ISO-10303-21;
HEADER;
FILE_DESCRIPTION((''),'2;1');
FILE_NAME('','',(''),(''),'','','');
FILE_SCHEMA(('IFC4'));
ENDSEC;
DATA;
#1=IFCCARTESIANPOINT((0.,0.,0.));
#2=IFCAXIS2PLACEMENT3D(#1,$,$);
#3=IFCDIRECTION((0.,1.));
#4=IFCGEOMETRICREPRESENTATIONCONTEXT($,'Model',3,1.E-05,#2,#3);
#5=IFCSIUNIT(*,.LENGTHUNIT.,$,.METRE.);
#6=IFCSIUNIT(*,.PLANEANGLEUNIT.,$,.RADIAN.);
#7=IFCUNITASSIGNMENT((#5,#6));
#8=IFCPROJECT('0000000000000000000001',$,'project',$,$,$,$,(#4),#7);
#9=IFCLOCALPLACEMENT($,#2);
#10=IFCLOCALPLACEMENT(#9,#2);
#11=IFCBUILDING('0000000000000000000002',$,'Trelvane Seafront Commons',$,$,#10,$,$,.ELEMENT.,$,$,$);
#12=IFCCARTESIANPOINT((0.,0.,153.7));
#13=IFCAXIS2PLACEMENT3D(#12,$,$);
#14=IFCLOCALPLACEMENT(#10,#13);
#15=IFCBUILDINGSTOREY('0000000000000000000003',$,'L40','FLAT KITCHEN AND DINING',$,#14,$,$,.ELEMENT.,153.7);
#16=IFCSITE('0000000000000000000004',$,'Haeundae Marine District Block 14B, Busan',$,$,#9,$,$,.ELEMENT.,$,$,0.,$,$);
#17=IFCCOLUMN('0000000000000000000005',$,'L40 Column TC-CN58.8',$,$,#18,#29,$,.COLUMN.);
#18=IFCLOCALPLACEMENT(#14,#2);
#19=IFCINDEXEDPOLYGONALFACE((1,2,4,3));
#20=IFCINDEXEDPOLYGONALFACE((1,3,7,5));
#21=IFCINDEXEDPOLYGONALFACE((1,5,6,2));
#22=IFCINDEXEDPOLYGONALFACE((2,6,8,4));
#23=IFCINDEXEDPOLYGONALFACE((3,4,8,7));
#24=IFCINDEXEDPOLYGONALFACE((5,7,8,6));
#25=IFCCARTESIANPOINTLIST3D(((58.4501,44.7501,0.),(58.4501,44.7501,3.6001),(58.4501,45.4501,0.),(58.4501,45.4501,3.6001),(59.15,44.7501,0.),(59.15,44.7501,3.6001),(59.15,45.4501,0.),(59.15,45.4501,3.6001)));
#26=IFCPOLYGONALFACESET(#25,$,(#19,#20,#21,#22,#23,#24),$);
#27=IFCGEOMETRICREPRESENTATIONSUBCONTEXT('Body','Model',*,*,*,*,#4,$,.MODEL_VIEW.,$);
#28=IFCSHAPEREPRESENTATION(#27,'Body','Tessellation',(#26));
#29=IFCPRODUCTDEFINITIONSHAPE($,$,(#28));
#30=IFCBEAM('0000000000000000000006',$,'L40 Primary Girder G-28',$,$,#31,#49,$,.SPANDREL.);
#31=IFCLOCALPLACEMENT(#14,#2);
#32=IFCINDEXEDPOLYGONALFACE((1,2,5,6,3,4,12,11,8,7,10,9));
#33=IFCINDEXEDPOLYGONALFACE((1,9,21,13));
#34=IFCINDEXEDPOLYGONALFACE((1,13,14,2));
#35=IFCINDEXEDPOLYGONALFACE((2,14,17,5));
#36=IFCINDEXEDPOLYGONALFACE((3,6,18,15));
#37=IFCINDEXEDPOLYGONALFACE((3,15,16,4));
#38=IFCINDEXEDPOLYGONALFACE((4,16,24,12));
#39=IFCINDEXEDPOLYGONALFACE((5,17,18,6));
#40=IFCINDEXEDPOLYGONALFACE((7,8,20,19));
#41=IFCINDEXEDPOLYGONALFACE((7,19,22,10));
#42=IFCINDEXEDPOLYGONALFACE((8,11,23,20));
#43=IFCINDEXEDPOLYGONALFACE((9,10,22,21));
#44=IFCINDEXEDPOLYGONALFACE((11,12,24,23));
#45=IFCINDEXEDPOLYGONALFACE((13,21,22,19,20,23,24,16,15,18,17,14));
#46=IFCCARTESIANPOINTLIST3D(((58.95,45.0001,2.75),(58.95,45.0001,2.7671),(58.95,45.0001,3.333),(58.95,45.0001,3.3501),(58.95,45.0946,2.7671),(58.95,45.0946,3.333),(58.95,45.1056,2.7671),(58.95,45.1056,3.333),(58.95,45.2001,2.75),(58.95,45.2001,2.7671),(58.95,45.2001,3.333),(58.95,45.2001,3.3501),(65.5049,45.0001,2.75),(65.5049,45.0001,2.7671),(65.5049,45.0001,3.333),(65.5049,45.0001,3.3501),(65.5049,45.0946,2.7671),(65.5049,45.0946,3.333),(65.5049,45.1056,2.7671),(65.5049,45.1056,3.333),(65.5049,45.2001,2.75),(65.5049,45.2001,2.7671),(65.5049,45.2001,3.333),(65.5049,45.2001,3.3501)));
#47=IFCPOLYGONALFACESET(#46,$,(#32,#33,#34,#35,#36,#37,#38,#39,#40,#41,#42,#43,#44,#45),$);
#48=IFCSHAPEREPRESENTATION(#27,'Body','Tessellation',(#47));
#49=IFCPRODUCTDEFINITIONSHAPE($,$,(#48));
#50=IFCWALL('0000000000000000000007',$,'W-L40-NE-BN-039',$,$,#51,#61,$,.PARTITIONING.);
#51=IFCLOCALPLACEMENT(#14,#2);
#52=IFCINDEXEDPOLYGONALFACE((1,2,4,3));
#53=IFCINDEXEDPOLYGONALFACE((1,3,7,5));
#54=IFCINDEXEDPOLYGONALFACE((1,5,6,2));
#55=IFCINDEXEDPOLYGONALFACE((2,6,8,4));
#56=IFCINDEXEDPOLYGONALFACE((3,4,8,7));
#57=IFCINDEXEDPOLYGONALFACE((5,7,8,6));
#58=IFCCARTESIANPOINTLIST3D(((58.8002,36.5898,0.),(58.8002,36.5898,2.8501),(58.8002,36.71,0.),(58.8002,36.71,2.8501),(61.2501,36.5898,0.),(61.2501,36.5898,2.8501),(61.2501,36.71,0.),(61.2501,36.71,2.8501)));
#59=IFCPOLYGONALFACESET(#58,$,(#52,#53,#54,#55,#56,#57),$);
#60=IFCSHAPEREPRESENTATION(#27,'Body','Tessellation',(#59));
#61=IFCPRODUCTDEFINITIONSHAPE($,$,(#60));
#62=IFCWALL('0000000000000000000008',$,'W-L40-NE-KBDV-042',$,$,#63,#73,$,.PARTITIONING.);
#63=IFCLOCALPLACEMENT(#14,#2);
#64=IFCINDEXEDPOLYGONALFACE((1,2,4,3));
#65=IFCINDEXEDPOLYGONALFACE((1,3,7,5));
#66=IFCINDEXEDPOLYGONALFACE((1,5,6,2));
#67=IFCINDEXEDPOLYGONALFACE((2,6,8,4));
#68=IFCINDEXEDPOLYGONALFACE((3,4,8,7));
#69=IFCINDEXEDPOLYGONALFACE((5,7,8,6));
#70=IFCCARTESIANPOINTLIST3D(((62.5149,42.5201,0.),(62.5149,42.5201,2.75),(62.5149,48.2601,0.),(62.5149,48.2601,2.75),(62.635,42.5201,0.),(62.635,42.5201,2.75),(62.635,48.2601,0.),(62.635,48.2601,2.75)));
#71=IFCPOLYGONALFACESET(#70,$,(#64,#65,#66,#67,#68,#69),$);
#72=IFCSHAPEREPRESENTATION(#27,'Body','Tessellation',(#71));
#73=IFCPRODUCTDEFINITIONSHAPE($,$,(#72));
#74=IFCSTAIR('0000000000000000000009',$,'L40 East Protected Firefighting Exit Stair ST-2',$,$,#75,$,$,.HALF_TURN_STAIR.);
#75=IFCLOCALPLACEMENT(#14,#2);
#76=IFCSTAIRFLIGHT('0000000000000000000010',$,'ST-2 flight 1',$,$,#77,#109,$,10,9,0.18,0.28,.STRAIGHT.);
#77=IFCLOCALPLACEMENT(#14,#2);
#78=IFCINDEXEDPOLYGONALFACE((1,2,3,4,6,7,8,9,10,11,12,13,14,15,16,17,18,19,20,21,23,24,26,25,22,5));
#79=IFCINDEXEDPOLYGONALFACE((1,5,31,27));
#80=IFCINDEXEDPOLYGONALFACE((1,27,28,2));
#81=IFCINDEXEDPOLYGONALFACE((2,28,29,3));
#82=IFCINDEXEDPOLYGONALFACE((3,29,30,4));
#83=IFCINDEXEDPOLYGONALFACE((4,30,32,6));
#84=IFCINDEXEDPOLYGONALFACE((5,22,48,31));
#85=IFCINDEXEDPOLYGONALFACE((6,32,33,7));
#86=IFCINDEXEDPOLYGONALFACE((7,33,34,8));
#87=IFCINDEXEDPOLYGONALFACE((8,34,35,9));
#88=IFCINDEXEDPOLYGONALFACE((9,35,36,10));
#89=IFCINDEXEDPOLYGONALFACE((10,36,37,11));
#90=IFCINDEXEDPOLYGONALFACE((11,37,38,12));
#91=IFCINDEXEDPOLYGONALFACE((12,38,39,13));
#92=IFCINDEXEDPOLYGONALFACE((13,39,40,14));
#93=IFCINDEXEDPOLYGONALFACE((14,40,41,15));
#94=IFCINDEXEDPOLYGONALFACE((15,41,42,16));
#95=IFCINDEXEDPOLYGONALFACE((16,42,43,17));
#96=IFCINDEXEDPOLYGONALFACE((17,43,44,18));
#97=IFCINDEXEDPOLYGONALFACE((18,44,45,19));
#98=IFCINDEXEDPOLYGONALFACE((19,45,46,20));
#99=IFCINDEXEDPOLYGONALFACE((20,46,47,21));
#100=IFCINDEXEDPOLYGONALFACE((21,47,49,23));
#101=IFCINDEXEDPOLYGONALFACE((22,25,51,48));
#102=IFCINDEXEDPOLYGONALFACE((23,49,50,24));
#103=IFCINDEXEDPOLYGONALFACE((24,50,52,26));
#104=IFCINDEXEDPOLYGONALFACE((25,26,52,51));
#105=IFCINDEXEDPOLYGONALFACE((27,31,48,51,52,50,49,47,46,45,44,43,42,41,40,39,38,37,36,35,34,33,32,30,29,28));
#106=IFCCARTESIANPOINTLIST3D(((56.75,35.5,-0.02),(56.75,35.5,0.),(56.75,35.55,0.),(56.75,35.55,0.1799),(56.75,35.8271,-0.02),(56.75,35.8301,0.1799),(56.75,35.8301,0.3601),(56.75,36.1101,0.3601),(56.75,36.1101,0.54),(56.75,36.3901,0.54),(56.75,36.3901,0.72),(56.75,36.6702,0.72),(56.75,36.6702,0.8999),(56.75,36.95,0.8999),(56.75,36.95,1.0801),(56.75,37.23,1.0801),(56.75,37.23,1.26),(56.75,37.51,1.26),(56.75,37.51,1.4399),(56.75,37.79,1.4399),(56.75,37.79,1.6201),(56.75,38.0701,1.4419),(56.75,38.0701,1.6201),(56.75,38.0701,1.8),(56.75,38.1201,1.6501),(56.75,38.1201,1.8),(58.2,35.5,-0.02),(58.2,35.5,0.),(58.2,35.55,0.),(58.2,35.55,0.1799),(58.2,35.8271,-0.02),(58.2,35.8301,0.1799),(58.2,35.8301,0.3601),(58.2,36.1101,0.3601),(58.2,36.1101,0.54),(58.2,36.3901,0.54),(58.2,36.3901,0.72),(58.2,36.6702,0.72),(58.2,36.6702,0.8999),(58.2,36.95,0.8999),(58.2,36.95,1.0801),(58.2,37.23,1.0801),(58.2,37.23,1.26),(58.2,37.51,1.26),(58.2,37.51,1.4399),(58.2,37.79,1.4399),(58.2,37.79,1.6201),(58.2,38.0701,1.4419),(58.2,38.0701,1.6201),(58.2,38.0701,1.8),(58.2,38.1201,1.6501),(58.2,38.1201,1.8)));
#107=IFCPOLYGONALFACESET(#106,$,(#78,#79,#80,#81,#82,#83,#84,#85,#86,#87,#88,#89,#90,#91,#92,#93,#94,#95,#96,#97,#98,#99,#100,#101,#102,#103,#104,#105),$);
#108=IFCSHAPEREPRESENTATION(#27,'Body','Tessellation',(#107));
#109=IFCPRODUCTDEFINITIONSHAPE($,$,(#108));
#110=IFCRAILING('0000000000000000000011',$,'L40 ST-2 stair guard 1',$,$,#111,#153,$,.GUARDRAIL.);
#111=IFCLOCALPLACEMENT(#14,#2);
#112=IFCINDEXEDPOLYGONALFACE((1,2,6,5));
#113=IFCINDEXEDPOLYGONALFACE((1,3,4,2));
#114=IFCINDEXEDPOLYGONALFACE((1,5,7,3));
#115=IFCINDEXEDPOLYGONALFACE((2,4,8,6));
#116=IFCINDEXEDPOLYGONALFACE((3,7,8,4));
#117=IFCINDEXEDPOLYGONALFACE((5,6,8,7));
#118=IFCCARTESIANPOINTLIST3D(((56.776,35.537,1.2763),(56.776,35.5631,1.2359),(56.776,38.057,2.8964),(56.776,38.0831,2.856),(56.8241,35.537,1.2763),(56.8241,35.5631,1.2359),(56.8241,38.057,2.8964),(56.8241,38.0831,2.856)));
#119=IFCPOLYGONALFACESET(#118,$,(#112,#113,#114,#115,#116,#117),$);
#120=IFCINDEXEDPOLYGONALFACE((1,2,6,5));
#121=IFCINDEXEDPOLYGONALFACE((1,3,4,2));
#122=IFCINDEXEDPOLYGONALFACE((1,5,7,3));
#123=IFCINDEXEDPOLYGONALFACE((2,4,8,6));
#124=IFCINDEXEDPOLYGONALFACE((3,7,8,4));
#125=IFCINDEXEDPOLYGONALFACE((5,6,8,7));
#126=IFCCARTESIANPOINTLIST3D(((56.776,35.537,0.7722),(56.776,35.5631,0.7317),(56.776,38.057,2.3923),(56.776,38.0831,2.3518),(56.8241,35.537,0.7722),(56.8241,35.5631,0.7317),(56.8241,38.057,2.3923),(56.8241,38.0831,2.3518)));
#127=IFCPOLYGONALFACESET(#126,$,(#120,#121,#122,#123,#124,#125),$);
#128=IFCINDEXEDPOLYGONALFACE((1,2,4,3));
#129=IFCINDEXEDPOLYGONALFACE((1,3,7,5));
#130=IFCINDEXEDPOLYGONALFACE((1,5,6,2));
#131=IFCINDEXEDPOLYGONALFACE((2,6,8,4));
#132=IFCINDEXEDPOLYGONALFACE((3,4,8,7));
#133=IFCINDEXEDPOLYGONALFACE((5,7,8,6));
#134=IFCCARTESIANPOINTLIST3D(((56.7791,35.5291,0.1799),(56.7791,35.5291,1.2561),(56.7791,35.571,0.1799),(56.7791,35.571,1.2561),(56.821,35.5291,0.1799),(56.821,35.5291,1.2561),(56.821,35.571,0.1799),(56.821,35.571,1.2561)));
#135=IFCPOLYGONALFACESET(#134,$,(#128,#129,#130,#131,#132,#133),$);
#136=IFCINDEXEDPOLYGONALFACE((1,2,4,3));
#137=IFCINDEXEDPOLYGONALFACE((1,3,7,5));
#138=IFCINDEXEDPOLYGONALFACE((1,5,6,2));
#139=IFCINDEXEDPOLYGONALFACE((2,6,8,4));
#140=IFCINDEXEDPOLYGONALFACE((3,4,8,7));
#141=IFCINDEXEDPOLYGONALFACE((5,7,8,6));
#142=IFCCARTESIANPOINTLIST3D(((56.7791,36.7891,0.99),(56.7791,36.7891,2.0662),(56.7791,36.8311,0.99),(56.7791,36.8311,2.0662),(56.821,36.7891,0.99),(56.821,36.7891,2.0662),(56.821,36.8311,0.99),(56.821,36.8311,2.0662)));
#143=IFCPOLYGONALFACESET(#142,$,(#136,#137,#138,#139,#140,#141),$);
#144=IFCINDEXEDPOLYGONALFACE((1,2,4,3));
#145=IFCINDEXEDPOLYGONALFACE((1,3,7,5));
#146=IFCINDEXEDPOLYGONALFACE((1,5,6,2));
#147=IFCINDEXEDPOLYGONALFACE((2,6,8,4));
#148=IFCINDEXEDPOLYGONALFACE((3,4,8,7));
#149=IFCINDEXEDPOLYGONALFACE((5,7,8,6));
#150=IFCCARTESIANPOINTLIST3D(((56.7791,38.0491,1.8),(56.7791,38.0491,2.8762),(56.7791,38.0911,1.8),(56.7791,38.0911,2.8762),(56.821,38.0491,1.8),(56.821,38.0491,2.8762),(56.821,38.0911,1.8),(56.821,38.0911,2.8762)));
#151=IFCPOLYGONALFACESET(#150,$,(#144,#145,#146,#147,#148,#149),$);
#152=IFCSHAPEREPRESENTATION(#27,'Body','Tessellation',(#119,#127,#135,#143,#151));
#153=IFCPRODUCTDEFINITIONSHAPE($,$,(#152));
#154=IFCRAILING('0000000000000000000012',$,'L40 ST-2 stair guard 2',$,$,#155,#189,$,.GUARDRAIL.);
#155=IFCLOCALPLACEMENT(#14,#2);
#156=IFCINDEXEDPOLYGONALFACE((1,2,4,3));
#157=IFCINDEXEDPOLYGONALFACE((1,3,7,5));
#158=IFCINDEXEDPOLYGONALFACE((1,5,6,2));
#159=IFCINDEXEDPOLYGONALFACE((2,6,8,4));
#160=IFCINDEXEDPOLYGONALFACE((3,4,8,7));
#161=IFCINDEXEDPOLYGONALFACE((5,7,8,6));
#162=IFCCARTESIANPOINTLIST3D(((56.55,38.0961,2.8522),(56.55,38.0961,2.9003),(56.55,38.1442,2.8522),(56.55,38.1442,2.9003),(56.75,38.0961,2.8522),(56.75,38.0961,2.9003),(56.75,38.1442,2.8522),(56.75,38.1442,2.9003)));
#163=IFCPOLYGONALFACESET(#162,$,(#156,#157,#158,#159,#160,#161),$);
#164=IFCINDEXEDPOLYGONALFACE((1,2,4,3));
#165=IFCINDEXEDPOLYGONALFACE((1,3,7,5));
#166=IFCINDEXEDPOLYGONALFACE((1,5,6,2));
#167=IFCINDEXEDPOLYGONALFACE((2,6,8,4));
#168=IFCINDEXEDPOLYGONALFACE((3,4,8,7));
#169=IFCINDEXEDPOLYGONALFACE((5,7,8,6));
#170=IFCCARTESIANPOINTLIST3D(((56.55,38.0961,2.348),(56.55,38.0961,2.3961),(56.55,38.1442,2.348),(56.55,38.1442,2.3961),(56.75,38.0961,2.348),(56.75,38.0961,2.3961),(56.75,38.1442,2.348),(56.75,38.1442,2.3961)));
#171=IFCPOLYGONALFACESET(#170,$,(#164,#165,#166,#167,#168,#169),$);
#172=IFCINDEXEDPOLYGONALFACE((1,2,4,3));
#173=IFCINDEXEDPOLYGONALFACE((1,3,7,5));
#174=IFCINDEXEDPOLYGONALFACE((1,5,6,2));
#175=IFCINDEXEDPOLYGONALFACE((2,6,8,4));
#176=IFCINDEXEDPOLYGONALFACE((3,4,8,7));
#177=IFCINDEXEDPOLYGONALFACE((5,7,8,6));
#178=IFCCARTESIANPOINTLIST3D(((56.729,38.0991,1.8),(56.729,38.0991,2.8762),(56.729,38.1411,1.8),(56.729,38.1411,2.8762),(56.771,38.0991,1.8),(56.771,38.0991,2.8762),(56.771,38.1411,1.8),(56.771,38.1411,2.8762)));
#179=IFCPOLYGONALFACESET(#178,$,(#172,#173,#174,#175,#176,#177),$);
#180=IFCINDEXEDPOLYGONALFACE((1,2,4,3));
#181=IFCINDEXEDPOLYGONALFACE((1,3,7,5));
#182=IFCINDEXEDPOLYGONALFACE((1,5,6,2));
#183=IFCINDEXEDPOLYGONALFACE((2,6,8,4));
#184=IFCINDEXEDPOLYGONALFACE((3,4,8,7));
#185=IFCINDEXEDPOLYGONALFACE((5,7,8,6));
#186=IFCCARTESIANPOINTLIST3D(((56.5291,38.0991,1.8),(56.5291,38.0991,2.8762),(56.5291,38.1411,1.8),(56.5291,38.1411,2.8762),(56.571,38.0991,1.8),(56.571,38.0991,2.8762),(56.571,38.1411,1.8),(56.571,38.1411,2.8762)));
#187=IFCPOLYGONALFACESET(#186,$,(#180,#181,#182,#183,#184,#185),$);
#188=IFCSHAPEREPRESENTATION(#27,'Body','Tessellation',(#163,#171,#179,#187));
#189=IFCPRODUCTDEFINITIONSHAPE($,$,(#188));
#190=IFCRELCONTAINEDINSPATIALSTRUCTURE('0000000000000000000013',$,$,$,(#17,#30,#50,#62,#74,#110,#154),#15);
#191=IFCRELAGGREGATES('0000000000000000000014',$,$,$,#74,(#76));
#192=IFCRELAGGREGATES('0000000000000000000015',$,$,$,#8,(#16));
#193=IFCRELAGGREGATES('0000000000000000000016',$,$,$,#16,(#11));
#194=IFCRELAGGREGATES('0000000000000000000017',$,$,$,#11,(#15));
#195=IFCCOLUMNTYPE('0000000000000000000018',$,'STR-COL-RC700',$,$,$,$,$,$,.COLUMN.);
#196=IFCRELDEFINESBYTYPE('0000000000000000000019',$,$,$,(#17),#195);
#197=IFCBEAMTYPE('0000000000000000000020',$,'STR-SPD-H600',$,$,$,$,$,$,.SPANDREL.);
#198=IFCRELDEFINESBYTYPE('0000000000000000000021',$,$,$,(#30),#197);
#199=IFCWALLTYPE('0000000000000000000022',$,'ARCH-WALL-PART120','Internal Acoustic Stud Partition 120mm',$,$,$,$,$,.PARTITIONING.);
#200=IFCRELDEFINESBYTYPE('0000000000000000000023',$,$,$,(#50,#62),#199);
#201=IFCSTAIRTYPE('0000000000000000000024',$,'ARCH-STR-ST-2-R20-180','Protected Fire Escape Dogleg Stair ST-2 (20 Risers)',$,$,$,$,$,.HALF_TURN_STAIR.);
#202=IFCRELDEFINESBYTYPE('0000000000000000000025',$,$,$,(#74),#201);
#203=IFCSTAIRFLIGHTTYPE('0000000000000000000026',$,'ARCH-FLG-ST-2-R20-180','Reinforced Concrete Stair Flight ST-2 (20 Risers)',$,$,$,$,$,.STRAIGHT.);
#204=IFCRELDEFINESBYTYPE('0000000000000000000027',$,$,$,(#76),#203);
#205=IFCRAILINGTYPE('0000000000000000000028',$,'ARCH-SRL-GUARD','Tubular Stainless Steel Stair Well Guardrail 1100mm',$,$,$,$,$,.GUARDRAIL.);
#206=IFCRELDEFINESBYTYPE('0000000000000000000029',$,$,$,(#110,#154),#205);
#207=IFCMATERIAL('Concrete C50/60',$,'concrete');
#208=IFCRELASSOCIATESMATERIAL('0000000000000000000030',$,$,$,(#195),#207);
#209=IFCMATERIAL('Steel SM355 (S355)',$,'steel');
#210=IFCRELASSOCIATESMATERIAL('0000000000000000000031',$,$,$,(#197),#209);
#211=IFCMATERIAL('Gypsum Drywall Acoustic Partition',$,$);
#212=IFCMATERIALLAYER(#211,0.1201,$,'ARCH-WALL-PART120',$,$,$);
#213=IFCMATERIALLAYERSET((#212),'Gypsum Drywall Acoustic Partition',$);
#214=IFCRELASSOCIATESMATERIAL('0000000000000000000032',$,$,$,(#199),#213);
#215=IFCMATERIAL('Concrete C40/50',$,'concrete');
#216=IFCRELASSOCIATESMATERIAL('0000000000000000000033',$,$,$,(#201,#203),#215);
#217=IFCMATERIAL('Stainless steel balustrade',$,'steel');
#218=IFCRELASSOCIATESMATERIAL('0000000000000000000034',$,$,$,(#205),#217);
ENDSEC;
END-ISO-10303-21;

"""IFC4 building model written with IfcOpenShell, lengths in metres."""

from ifc_helpers import new_model, si_unit, direction, frame, frame_2d, origin, origin_2d, place, context, subcontext, project, spatial, polyline, rectangle, i_section, outline, extrude, source, transform, mapped, material, layer, layer_set, material_profile, profile_set, type_object, element, aggregate, save


model = new_model("IFC4")

# Units and contexts
model_context = context("Model", 3, precision=1e-05, world=origin(), true_north=direction((0.0, 1.0)))
body_context = subcontext(model_context, "Body", "Model", "MODEL_VIEW")
ifc_project = project(units=[si_unit("LENGTHUNIT", "METRE"), si_unit("PLANEANGLEUNIT", "RADIAN")], contexts=[model_context])

# Site, building, storey
site_placement = place(None, origin())
site = spatial("IfcSite", under=ifc_project, at=site_placement, Name="Haeundae Marine District Block 14B, Busan", CompositionType="ELEMENT", RefElevation=0.0)
building_placement = place(site_placement, origin())
building = spatial("IfcBuilding", under=site, at=building_placement, Name="Trelvane Seafront Commons", CompositionType="ELEMENT")
storey_placement = place(building_placement, frame((0.0, 0.0, 153.7)))
storey = spatial("IfcBuildingStorey", under=building, at=storey_placement, Name="L40", Description="FLAT KITCHEN AND DINING", CompositionType="ELEMENT", Elevation=153.7)

# Column
ifc_material_1 = material(Name="Concrete C50/60", Category="concrete")
ifc_material_profile_1 = material_profile(ifc_material_1, rectangle(XDim=0.7, YDim=0.7, at=origin_2d()), Name="RC-700x700")
ifc_profile_set_1 = profile_set([ifc_material_profile_1], Name="Concrete C50/60")
column_type = type_object("IfcColumnType", Name="STR-COL-RC700", PredefinedType="COLUMN", material=ifc_profile_set_1)
shared_shape_1 = source(origin(), body_context, "Body", "SweptSolid", [
    extrude(rectangle(XDim=0.7, YDim=0.7, at=origin_2d()), origin(), (0.0, 0.0, 1.0), 3.6001),
])
column_placement = place(storey_placement, frame((58.8, 45.1001, 0.0), z_axis=(0.0, 0.0, 1.0), x_axis=(1.0, 0.0, 0.0)))
element("IfcColumn", 1, at=column_placement, inside=storey, type_object=column_type, Name="L40 Column TC-CN58.8", PredefinedType="COLUMN", context=body_context, shape_type="MappedRepresentation", body=[
    mapped(shared_shape_1, transform((0.0, 0.0, 0.0), x_axis=(1.0, 0.0, 0.0), y_axis=(0.0, 1.0, 0.0), z_axis=(0.0, 0.0, 1.0), scale=1.0)),
])

# Beam
ifc_material_2 = material(Name="Steel SM355 (S355)", Category="steel")
ifc_material_profile_2 = material_profile(ifc_material_2, i_section(OverallWidth=0.2, OverallDepth=0.6001, WebThickness=0.011, FlangeThickness=0.0171, at=origin_2d()), Name="H-600x200x11x17")
ifc_profile_set_2 = profile_set([ifc_material_profile_2], Name="Steel SM355 (S355)")
beam_type = type_object("IfcBeamType", Name="STR-SPD-H600", PredefinedType="SPANDREL", material=ifc_profile_set_2)
shared_shape_2 = source(origin(), body_context, "Body", "SweptSolid", [
    extrude(i_section(OverallWidth=0.2, OverallDepth=0.6001, WebThickness=0.011, FlangeThickness=0.0171, at=origin_2d()), origin(), (0.0, 0.0, 1.0), 6.5549),
])
beam_placement = place(storey_placement, frame((58.95, 45.1001, 3.05), z_axis=(1.0, 0.0, 0.0), x_axis=(0.0, 1.0, 0.0)))
element("IfcBeam", 2, at=beam_placement, inside=storey, type_object=beam_type, Name="L40 Primary Girder G-28", PredefinedType="SPANDREL", context=body_context, shape_type="MappedRepresentation", body=[
    mapped(shared_shape_2, transform((0.0, 0.0, 0.0), x_axis=(1.0, 0.0, 0.0), y_axis=(0.0, 1.0, 0.0), z_axis=(0.0, 0.0, 1.0), scale=1.0)),
])

# Wall
ifc_material_3 = material(Name="Gypsum Drywall Acoustic Partition")
ifc_layer_1 = layer(ifc_material_3, 0.1201, Name="ARCH-WALL-PART120")
ifc_layer_set_1 = layer_set([ifc_layer_1], Name="Gypsum Drywall Acoustic Partition")
wall_type_1 = type_object("IfcWallType", Name="ARCH-WALL-PART120", Description="Internal Acoustic Stud Partition 120mm", PredefinedType="PARTITIONING", material=ifc_layer_set_1)
wall_1_placement = place(storey_placement, frame((58.8, 36.6499, 0.0), z_axis=(0.0, 0.0, 1.0), x_axis=(1.0, 0.0, 0.0)))
element("IfcWall", 3, at=wall_1_placement, inside=storey, type_object=wall_type_1, Name="W-L40-NE-BN-039", PredefinedType="PARTITIONING", context=body_context, shape_type="SweptSolid", body=[
    extrude(rectangle(XDim=2.45, YDim=0.1201, at=frame_2d((1.2251, 0.0))), origin(), (0.0, 0.0, 1.0), 2.8501),
])

# Wall
wall_2_placement = place(storey_placement, frame((62.575, 42.52, 0.0), z_axis=(0.0, 0.0, 1.0), x_axis=(0.0, 1.0, 0.0)))
element("IfcWall", 4, at=wall_2_placement, inside=storey, type_object=wall_type_1, Name="W-L40-NE-KBDV-042", PredefinedType="PARTITIONING", context=body_context, shape_type="SweptSolid", body=[
    extrude(rectangle(XDim=5.74, YDim=0.1201, at=frame_2d((2.8701, 0.0))), origin(), (0.0, 0.0, 1.0), 2.75),
])

# Stair, stair flight
ifc_material_4 = material(Name="Concrete C40/50", Category="concrete")
stair_type = type_object("IfcStairType", Name="ARCH-STR-ST-2-R20-180", Description="Protected Fire Escape Dogleg Stair ST-2 (20 Risers)", PredefinedType="HALF_TURN_STAIR", material=ifc_material_4)
stair_placement = place(storey_placement, origin())
stair = element("IfcStair", 5, at=stair_placement, inside=storey, type_object=stair_type, Name="L40 East Protected Firefighting Exit Stair ST-2", PredefinedType="HALF_TURN_STAIR")
stair_flight_type = type_object("IfcStairFlightType", Name="ARCH-FLG-ST-2-R20-180", Description="Reinforced Concrete Stair Flight ST-2 (20 Risers)", PredefinedType="STRAIGHT", material=ifc_material_4)
shared_shape_3 = source(origin(), body_context, "Body", "SweptSolid", [
    extrude(outline(polyline([(-0.05, -0.02), (-0.05, 0.0), (0.0, 0.0), (0.0, 0.1799), (0.28, 0.1799), (0.28, 0.3601), (0.5601, 0.3601), (0.5601, 0.54), (0.8401, 0.54), (0.8401, 0.72), (1.1201, 0.72), (1.1201, 0.8999), (1.3999, 0.8999), (1.3999, 1.0801), (1.6799, 1.0801), (1.6799, 1.26), (1.96, 1.26), (1.96, 1.4399), (2.24, 1.4399), (2.24, 1.6201), (2.52, 1.6201), (2.52, 1.8), (2.5701, 1.8), (2.5701, 1.6501), (2.52, 1.4419), (0.2771, -0.02), (-0.05, -0.02)])), frame((0.0, 0.7251, 0.0), z_axis=(0.0, -1.0, 0.0), x_axis=(1.0, 0.0, 0.0)), (0.0, 0.0, 1.0), 1.45),
])
stair_flight_placement = place(storey_placement, frame((57.4751, 35.55, 0.0), z_axis=(0.0, 0.0, 1.0), x_axis=(0.0, 1.0, 0.0)))
stair_flight = element("IfcStairFlight", 6, at=stair_flight_placement, type_object=stair_flight_type, Name="ST-2 flight 1", NumberOfRisers=10, NumberOfTreads=9, PredefinedType="STRAIGHT", RiserHeight=0.18, TreadLength=0.28, context=body_context, shape_type="MappedRepresentation", body=[
    mapped(shared_shape_3, transform((0.0, 0.0, 0.0), x_axis=(1.0, 0.0, 0.0), y_axis=(0.0, 1.0, 0.0), z_axis=(0.0, 0.0, 1.0), scale=1.0)),
])
aggregate(stair, [stair_flight])

# Railings
ifc_material_5 = material(Name="Stainless steel balustrade", Category="steel")
railing_type_1 = type_object("IfcRailingType", Name="ARCH-SRL-GUARD", Description="Tubular Stainless Steel Stair Well Guardrail 1100mm", PredefinedType="GUARDRAIL", material=ifc_material_5)
railing_1_placement = place(storey_placement, frame((56.8, 35.55, 0.1799)))
element("IfcRailing", 7, at=railing_1_placement, inside=storey, type_object=railing_type_1, Name="L40 ST-2 stair guard 1", PredefinedType="GUARDRAIL", context=body_context, shape_type="SweptSolid", body=[
    extrude(rectangle(XDim=0.0481, YDim=0.0481, at=origin_2d()), frame((0.0, 0.0, 1.0762), z_axis=(0.0, 0.841163, 0.540782), x_axis=(-1.0, 0.0, 0.0)), (0.0, 0.0, 1.0), 2.9958),
    extrude(rectangle(XDim=0.0481, YDim=0.0481, at=origin_2d()), frame((0.0, 0.0, 0.572), z_axis=(0.0, 0.841163, 0.540782), x_axis=(-1.0, 0.0, 0.0)), (0.0, 0.0, 1.0), 2.9958),
    extrude(rectangle(XDim=0.042, YDim=0.042, at=origin_2d()), origin(), (0.0, 0.0, 1.0), 1.0762),
    extrude(rectangle(XDim=0.042, YDim=0.042, at=origin_2d()), frame((0.0, 1.26, 0.8101)), (0.0, 0.0, 1.0), 1.0762),
    extrude(rectangle(XDim=0.042, YDim=0.042, at=origin_2d()), frame((0.0, 2.52, 1.6201)), (0.0, 0.0, 1.0), 1.0762),
])
railing_2_placement = place(storey_placement, frame((56.75, 38.1201, 1.8)))
element("IfcRailing", 8, at=railing_2_placement, inside=storey, type_object=railing_type_1, Name="L40 ST-2 stair guard 2", PredefinedType="GUARDRAIL", context=body_context, shape_type="SweptSolid", body=[
    extrude(rectangle(XDim=0.0481, YDim=0.0481, at=origin_2d()), frame((0.0, 0.0, 1.0762), z_axis=(-1.0, 0.0, 0.0), x_axis=(0.0, -1.0, 0.0)), (0.0, 0.0, 1.0), 0.2),
    extrude(rectangle(XDim=0.0481, YDim=0.0481, at=origin_2d()), frame((0.0, 0.0, 0.572), z_axis=(-1.0, 0.0, 0.0), x_axis=(0.0, -1.0, 0.0)), (0.0, 0.0, 1.0), 0.2),
    extrude(rectangle(XDim=0.042, YDim=0.042, at=origin_2d()), origin(), (0.0, 0.0, 1.0), 1.0762),
    extrude(rectangle(XDim=0.042, YDim=0.042, at=origin_2d()), frame((-0.2, 0.0, 0.0)), (0.0, 0.0, 1.0), 1.0762),
])

save(model, "model.ifc")
